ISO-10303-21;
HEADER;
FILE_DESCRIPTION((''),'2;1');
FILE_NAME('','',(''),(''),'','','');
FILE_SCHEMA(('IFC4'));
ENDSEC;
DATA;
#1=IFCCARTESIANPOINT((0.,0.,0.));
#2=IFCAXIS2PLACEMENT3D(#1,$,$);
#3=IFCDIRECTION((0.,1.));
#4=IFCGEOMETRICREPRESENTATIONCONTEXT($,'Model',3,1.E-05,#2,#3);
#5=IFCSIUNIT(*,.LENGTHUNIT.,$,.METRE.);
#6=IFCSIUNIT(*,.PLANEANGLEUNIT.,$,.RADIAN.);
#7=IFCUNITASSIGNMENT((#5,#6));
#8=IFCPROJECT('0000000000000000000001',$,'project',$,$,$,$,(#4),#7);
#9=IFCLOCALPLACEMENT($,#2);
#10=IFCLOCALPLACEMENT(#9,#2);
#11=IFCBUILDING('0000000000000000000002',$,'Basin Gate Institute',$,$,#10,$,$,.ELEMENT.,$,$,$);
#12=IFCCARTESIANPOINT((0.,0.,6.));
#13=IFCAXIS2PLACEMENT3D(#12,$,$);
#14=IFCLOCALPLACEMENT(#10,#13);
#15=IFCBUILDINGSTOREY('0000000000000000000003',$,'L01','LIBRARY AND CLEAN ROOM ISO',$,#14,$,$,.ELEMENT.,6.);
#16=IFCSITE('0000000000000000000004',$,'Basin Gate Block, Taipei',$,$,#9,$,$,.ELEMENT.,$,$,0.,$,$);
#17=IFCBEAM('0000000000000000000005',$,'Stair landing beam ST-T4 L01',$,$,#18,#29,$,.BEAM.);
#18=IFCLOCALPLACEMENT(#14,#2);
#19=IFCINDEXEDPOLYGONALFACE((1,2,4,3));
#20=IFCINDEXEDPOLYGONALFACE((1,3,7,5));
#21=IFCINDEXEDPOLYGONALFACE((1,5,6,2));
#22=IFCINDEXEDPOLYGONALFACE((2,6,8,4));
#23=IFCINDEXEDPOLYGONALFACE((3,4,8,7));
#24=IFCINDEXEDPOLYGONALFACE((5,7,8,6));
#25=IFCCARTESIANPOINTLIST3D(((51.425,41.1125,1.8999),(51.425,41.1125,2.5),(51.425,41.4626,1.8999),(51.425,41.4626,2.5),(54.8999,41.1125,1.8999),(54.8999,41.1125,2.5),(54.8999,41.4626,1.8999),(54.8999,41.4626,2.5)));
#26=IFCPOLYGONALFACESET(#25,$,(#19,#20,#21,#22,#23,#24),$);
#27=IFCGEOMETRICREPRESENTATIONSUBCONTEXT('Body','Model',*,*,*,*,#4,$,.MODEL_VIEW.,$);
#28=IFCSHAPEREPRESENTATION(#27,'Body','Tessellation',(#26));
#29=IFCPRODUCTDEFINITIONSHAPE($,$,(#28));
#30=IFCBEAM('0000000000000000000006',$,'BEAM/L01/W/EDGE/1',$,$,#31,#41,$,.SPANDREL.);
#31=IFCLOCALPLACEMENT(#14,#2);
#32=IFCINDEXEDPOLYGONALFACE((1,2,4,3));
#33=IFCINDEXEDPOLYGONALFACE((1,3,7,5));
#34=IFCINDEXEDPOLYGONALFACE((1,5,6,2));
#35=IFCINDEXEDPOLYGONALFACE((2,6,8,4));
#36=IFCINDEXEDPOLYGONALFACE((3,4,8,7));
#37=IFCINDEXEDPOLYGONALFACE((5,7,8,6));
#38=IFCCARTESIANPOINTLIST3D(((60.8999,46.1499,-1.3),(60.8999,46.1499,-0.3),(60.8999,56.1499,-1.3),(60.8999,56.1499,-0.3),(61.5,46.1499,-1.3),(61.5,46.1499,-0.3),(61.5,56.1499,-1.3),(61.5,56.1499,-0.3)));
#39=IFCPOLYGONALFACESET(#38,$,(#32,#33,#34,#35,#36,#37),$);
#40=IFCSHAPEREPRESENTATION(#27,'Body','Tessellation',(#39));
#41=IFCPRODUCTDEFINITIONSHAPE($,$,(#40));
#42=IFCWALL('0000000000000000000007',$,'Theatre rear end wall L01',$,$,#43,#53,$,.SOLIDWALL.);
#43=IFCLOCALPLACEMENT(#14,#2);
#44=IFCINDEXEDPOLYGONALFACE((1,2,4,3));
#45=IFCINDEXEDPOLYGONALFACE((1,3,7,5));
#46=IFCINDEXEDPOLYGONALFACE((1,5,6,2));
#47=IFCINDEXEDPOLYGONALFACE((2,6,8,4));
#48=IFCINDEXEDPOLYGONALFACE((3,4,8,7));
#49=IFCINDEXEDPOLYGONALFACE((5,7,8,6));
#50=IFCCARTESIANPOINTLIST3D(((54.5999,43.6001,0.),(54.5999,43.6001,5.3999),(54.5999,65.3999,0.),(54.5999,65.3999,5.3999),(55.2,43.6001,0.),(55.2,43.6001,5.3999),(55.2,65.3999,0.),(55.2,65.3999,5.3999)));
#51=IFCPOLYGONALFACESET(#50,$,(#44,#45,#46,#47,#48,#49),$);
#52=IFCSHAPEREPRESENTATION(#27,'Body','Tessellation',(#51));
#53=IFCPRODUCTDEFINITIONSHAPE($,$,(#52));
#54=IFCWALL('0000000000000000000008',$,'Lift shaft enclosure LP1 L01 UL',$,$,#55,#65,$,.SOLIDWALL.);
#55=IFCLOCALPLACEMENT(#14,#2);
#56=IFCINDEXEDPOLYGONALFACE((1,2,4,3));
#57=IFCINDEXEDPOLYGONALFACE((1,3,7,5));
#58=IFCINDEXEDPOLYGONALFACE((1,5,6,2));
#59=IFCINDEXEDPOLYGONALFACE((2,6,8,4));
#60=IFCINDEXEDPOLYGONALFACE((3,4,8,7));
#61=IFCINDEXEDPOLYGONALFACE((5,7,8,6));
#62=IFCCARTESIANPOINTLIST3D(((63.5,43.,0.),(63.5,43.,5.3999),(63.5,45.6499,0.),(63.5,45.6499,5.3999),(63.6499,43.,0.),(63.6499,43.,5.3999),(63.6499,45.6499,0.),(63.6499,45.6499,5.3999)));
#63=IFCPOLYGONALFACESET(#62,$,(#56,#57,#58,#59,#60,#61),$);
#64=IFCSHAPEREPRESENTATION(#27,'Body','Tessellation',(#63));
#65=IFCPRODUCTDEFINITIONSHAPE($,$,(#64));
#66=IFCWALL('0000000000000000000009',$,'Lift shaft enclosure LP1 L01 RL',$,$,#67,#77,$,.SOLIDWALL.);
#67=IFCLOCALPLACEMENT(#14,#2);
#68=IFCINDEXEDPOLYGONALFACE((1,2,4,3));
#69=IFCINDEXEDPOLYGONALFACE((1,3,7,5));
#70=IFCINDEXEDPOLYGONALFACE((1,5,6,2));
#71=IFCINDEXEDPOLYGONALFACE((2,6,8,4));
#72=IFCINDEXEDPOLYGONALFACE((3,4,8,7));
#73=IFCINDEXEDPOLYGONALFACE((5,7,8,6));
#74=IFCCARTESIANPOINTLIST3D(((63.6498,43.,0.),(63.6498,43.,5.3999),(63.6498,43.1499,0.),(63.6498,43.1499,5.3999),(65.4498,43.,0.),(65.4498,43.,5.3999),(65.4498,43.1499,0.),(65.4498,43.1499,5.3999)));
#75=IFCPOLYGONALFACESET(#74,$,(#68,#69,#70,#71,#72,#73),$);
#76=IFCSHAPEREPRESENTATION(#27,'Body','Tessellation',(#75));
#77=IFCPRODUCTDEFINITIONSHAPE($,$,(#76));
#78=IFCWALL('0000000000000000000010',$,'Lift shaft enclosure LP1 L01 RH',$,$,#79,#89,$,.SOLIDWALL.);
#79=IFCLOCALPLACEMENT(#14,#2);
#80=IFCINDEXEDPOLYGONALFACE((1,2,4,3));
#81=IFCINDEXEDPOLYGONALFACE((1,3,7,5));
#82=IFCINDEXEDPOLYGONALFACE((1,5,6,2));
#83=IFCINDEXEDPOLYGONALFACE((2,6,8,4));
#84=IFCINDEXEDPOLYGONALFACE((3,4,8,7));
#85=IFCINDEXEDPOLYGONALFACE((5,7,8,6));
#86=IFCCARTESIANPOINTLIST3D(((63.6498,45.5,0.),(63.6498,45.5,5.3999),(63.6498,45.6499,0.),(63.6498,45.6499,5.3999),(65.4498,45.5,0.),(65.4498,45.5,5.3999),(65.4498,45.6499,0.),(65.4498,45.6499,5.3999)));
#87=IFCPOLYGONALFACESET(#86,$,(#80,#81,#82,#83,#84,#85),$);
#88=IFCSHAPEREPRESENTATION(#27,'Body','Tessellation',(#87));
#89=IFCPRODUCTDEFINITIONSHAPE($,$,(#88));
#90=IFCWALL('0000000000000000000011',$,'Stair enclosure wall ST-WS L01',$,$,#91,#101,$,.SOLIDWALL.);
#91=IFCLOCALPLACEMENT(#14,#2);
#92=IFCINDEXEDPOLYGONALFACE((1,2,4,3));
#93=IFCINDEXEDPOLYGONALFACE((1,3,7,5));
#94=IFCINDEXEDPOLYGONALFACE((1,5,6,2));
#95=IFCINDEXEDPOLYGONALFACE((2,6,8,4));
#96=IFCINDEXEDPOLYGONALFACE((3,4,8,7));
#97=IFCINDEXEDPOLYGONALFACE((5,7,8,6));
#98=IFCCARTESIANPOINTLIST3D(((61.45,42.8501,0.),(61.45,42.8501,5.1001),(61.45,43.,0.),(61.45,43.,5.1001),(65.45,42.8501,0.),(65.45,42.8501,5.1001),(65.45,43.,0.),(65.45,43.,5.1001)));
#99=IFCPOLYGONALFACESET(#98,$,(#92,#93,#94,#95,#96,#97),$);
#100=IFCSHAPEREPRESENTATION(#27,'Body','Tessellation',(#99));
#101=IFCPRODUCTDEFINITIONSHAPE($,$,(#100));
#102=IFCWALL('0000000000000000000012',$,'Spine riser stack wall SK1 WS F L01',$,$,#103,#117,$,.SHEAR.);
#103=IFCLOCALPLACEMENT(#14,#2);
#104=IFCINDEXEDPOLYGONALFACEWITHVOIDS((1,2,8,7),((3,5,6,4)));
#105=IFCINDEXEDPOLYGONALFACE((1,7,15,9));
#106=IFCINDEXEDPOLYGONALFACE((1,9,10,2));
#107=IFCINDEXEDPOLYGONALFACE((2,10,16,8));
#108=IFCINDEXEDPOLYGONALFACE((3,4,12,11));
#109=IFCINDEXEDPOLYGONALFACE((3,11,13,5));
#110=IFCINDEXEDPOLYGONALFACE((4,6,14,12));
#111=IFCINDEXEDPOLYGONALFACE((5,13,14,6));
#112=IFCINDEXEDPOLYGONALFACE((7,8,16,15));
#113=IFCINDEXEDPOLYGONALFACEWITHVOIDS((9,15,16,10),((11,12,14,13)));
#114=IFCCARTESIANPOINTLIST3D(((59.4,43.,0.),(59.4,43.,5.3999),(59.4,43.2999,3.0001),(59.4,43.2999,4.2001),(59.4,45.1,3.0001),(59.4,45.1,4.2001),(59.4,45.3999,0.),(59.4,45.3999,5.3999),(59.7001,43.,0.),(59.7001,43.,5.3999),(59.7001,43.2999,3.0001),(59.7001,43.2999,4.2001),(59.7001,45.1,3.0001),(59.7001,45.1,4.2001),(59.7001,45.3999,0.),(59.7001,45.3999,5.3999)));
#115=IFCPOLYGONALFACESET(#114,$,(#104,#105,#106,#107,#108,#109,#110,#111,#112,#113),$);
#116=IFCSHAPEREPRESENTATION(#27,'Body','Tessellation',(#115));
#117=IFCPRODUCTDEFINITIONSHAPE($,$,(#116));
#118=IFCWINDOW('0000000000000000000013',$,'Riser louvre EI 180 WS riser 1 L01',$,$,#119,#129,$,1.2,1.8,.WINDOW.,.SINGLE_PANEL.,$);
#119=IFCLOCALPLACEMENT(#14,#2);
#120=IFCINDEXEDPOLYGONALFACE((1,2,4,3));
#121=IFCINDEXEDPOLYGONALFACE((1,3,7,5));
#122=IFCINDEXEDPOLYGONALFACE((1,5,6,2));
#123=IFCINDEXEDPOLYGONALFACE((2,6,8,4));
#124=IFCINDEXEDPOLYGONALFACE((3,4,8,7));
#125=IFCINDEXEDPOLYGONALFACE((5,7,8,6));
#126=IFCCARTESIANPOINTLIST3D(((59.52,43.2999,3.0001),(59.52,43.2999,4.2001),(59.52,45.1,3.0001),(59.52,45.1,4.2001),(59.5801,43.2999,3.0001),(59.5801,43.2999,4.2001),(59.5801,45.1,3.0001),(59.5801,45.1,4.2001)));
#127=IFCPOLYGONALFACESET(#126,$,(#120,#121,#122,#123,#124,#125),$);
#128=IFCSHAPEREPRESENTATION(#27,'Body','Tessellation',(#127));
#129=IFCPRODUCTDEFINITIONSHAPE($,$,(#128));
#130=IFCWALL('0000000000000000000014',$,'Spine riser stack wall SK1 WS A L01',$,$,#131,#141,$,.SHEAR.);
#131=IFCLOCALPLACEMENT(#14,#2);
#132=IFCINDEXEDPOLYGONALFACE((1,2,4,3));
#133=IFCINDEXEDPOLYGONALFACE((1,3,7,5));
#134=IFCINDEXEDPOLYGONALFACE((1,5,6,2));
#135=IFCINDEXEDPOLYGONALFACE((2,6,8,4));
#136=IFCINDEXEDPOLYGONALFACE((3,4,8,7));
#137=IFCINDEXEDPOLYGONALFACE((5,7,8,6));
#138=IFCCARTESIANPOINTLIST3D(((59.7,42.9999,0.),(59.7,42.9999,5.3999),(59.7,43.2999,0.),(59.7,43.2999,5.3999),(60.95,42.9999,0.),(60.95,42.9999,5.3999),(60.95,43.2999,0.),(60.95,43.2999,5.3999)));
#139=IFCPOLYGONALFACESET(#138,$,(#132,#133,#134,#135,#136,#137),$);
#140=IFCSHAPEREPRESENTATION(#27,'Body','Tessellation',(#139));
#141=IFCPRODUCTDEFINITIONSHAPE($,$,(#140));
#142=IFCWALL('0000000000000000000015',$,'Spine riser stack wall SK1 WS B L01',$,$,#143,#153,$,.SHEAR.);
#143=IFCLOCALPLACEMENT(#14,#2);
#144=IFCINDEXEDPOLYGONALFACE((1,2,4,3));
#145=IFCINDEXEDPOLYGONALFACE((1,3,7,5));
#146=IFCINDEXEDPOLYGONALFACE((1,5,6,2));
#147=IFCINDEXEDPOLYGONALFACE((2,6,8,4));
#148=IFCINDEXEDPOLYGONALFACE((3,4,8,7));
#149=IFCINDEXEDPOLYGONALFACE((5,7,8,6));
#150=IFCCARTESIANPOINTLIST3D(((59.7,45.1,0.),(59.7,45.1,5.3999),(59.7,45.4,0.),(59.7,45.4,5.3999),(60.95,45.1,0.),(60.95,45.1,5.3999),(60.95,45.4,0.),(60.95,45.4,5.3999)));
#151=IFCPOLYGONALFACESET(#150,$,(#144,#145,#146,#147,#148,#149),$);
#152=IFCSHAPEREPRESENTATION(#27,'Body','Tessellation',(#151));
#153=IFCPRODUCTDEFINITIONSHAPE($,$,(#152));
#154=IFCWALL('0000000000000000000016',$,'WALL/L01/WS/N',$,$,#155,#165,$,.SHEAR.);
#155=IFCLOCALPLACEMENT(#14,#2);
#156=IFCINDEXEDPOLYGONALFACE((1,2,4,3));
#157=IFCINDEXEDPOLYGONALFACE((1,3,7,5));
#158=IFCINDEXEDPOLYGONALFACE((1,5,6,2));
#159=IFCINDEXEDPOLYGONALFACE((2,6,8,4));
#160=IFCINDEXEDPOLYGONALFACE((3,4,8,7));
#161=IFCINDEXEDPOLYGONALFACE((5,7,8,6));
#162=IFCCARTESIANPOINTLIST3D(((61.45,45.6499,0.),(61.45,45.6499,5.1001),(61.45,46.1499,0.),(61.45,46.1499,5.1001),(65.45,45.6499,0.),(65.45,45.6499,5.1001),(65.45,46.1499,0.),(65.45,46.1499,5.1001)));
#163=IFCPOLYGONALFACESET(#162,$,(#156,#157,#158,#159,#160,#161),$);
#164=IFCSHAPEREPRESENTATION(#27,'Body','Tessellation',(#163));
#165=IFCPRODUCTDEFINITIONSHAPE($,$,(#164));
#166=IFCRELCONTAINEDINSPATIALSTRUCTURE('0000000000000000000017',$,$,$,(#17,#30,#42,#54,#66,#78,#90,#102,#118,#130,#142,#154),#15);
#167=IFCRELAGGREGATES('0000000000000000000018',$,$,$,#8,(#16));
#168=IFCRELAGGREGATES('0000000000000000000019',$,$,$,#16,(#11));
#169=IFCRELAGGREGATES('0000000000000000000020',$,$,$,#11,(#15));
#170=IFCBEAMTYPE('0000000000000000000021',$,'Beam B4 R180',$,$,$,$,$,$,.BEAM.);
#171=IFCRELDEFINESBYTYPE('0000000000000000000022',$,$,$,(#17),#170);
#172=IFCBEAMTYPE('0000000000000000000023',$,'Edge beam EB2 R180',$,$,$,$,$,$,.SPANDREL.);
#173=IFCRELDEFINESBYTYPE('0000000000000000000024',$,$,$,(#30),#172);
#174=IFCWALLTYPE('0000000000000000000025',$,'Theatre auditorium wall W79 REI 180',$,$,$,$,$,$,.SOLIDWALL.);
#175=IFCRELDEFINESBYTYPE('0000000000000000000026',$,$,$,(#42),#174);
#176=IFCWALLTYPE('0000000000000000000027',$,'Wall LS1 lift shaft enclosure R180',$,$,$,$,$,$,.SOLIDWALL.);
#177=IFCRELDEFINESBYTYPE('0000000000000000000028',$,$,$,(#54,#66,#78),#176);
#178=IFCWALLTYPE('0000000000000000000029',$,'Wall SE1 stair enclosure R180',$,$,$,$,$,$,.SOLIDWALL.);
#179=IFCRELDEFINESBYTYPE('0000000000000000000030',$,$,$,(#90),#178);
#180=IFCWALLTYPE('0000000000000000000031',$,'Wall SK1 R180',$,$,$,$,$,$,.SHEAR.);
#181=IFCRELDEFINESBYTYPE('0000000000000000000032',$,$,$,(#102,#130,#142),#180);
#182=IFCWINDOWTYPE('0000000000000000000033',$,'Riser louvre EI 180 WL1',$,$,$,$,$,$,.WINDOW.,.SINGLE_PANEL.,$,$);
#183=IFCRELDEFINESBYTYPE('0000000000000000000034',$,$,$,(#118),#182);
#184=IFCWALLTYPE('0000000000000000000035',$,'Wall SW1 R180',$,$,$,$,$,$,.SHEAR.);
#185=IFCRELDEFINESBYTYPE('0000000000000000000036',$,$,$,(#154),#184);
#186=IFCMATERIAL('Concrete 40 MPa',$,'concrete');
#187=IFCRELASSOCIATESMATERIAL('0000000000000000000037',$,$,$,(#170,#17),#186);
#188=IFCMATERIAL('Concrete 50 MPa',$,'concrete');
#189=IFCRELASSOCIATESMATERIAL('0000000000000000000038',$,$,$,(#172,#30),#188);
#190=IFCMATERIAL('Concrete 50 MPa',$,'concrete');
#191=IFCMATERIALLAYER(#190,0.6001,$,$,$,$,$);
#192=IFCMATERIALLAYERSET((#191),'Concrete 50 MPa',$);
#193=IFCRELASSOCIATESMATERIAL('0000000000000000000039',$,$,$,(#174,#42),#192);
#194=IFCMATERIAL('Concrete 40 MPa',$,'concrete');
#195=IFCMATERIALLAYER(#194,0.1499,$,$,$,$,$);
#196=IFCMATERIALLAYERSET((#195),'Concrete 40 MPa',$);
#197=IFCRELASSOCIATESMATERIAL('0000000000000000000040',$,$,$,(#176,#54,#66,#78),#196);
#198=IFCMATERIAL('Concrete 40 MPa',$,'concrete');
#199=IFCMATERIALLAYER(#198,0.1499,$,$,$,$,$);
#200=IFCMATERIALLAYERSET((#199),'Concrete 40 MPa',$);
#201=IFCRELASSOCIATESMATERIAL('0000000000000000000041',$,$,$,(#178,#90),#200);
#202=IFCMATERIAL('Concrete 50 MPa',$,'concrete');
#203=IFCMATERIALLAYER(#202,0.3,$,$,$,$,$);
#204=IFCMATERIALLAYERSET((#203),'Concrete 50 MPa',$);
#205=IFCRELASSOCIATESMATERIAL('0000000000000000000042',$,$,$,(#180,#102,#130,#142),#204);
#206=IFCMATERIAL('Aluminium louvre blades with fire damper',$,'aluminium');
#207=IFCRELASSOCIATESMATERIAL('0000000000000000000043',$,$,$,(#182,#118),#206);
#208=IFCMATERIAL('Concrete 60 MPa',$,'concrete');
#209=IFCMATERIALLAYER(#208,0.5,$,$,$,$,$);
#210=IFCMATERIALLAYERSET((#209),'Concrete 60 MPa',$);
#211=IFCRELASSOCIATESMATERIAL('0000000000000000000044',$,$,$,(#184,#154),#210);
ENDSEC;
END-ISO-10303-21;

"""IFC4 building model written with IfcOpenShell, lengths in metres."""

from ifc_helpers import new_model, si_unit, direction, frame, frame_2d, origin, origin_2d, place, context, subcontext, project, spatial, rectangle, extrude, material, layer, layer_set, material_profile, profile_set, type_object, element, fill, save


model = new_model("IFC4")

# Units and contexts
model_context = context("Model", 3, precision=1e-05, world=origin(), true_north=direction((0.0, 1.0)))
body_context = subcontext(model_context, "Body", "Model", "MODEL_VIEW")
ifc_project = project(units=[si_unit("LENGTHUNIT", "METRE"), si_unit("PLANEANGLEUNIT", "RADIAN")], contexts=[model_context])

# Site, building, storey
site_placement = place(None, origin())
site = spatial("IfcSite", under=ifc_project, at=site_placement, Name="Basin Gate Block, Taipei", CompositionType="ELEMENT", RefElevation=0.0)
building_placement = place(site_placement, origin())
building = spatial("IfcBuilding", under=site, at=building_placement, Name="Basin Gate Institute", CompositionType="ELEMENT")
storey_placement = place(building_placement, frame((0.0, 0.0, 6.0)))
storey = spatial("IfcBuildingStorey", under=building, at=storey_placement, Name="L01", Description="LIBRARY AND CLEAN ROOM ISO", CompositionType="ELEMENT", Elevation=6.0)

# Beams
ifc_material_1 = material(Name="Concrete 40 MPa", Category="concrete")
ifc_material_profile_1 = material_profile(ifc_material_1, rectangle(XDim=0.3501, YDim=0.6001, at=origin_2d()), Name="Beam B4 350 x 600")
ifc_profile_set_1 = profile_set([ifc_material_profile_1], Name="Concrete 40 MPa")
beam_type_1 = type_object("IfcBeamType", Name="Beam B4 R180", PredefinedType="BEAM", material=ifc_profile_set_1)
beam_1_placement = place(storey_placement, frame((51.425, 41.2876, 2.2), z_axis=(1.0, 0.0, 0.0), x_axis=(0.0, 1.0, 0.0)))
element("IfcBeam", 1, at=beam_1_placement, inside=storey, type_object=beam_type_1, material=ifc_profile_set_1, Name="Stair landing beam ST-T4 L01", PredefinedType="BEAM", context=body_context, shape_type="SweptSolid", body=[
    extrude(rectangle(XDim=0.3501, YDim=0.6001, at=origin_2d()), origin(), (0.0, 0.0, 1.0), 3.4749),
])
ifc_material_2 = material(Name="Concrete 50 MPa", Category="concrete")
ifc_material_profile_2 = material_profile(ifc_material_2, rectangle(XDim=0.6001, YDim=1.0, at=origin_2d()), Name="Edge beam EB2 600 x 1000")
ifc_profile_set_2 = profile_set([ifc_material_profile_2], Name="Concrete 50 MPa")
beam_type_2 = type_object("IfcBeamType", Name="Edge beam EB2 R180", PredefinedType="SPANDREL", material=ifc_profile_set_2)
beam_2_placement = place(storey_placement, frame((61.2, 46.1499, -0.8), z_axis=(0.0, 1.0, 0.0), x_axis=(-1.0, 0.0, 0.0)))
element("IfcBeam", 2, at=beam_2_placement, inside=storey, type_object=beam_type_2, material=ifc_profile_set_2, Name="BEAM/L01/W/EDGE/1", PredefinedType="SPANDREL", context=body_context, shape_type="SweptSolid", body=[
    extrude(rectangle(XDim=0.6001, YDim=1.0, at=origin_2d()), origin(), (0.0, 0.0, 1.0), 10.0),
])

# Walls
ifc_material_3 = material(Name="Concrete 50 MPa", Category="concrete")
ifc_layer_1 = layer(ifc_material_3, 0.6001)
ifc_layer_set_1 = layer_set([ifc_layer_1], Name="Concrete 50 MPa")
wall_type_1 = type_object("IfcWallType", Name="Theatre auditorium wall W79 REI 180", PredefinedType="SOLIDWALL", material=ifc_layer_set_1)
wall_1_placement = place(storey_placement, frame((54.8999, 43.6001, 0.0), z_axis=(0.0, 0.0, 1.0), x_axis=(0.0, 1.0, 0.0)))
element("IfcWall", 3, at=wall_1_placement, inside=storey, type_object=wall_type_1, material=ifc_layer_set_1, Name="Theatre rear end wall L01", PredefinedType="SOLIDWALL", context=body_context, shape_type="SweptSolid", body=[
    extrude(rectangle(XDim=21.7998, YDim=0.6001, at=frame_2d((10.8999, 0.0))), origin(), (0.0, 0.0, 1.0), 5.3999),
])
ifc_material_4 = material(Name="Concrete 40 MPa", Category="concrete")
ifc_layer_2 = layer(ifc_material_4, 0.1499)
ifc_layer_set_2 = layer_set([ifc_layer_2], Name="Concrete 40 MPa")
wall_type_2 = type_object("IfcWallType", Name="Wall LS1 lift shaft enclosure R180", PredefinedType="SOLIDWALL", material=ifc_layer_set_2)
wall_2_placement = place(storey_placement, frame((63.575, 43.0, 0.0), z_axis=(0.0, 0.0, 1.0), x_axis=(0.0, 1.0, 0.0)))
element("IfcWall", 4, at=wall_2_placement, inside=storey, type_object=wall_type_2, material=ifc_layer_set_2, Name="Lift shaft enclosure LP1 L01 UL", PredefinedType="SOLIDWALL", context=body_context, shape_type="SweptSolid", body=[
    extrude(rectangle(XDim=2.6499, YDim=0.1499, at=frame_2d((1.325, 0.0))), origin(), (0.0, 0.0, 1.0), 5.3999),
])
for number, where, z_axis, x_axis, name in (
    (5, (63.6499, 43.075, 0.0), (0.0, 0.0, 1.0), (1.0, 0.0, 0.0), "Lift shaft enclosure LP1 L01 RL"),
    (6, (63.6499, 45.575, 0.0), (0.0, 0.0, 1.0), (1.0, 0.0, 0.0), "Lift shaft enclosure LP1 L01 RH"),
):
    element("IfcWall", number, at=place(storey_placement, frame(where, z_axis=z_axis, x_axis=x_axis)), inside=storey, type_object=wall_type_2, material=ifc_layer_set_2, Name=name, PredefinedType="SOLIDWALL", context=body_context, shape_type="SweptSolid", body=[
        extrude(rectangle(XDim=1.8, YDim=0.1499, at=frame_2d((0.8999, 0.0))), origin(), (0.0, 0.0, 1.0), 5.3999),
    ])
ifc_material_5 = material(Name="Concrete 40 MPa", Category="concrete")
ifc_layer_3 = layer(ifc_material_5, 0.1499)
ifc_layer_set_3 = layer_set([ifc_layer_3], Name="Concrete 40 MPa")
wall_type_3 = type_object("IfcWallType", Name="Wall SE1 stair enclosure R180", PredefinedType="SOLIDWALL", material=ifc_layer_set_3)
wall_3_placement = place(storey_placement, frame((61.45, 42.925, 0.0), z_axis=(0.0, 0.0, 1.0), x_axis=(1.0, 0.0, 0.0)))
element("IfcWall", 7, at=wall_3_placement, inside=storey, type_object=wall_type_3, material=ifc_layer_set_3, Name="Stair enclosure wall ST-WS L01", PredefinedType="SOLIDWALL", context=body_context, shape_type="SweptSolid", body=[
    extrude(rectangle(XDim=4.0, YDim=0.1499, at=frame_2d((2.0, 0.0))), origin(), (0.0, 0.0, 1.0), 5.1001),
])

# Wall, opening, window
ifc_material_6 = material(Name="Concrete 50 MPa", Category="concrete")
ifc_layer_4 = layer(ifc_material_6, 0.3)
ifc_layer_set_4 = layer_set([ifc_layer_4], Name="Concrete 50 MPa")
wall_type_4 = type_object("IfcWallType", Name="Wall SK1 R180", PredefinedType="SHEAR", material=ifc_layer_set_4)
wall_4_placement = place(storey_placement, frame((59.55, 43.0, 0.0), z_axis=(0.0, 0.0, 1.0), x_axis=(0.0, 1.0, 0.0)))
wall_4 = element("IfcWall", 8, at=wall_4_placement, inside=storey, type_object=wall_type_4, material=ifc_layer_set_4, Name="Spine riser stack wall SK1 WS F L01", PredefinedType="SHEAR", context=body_context, shape_type="SweptSolid", body=[
    extrude(rectangle(XDim=2.3999, YDim=0.3, at=frame_2d((1.2, 0.0))), origin(), (0.0, 0.0, 1.0), 5.3999),
])
opening_placement = place(wall_4_placement, frame((0.3, 0.0, 3.0)))
opening = element("IfcOpeningElement", 9, at=opening_placement, cuts=wall_4, PredefinedType="OPENING", context=body_context, shape_type="SweptSolid", body=[
    extrude(rectangle(XDim=1.8, YDim=1.2, at=frame_2d((0.8999, 0.6001))), frame((0.0, 0.1602, 0.0), z_axis=(0.0, -1.0, 0.0), x_axis=(1.0, 0.0, 0.0)), (0.0, 0.0, 1.0), 0.3201),
])
ifc_material_7 = material(Name="Aluminium louvre blades with fire damper", Category="aluminium")
window_type = type_object("IfcWindowType", Name="Riser louvre EI 180 WL1", PartitioningType="SINGLE_PANEL", PredefinedType="WINDOW", material=ifc_material_7)
window_placement = place(opening_placement, origin())
window = element("IfcWindow", 10, at=window_placement, inside=storey, type_object=window_type, material=ifc_material_7, Name="Riser louvre EI 180 WS riser 1 L01", OverallHeight=1.2, OverallWidth=1.8, PartitioningType="SINGLE_PANEL", PredefinedType="WINDOW", context=body_context, shape_type="SweptSolid", body=[
    extrude(rectangle(XDim=1.8, YDim=1.2, at=frame_2d((0.8999, 0.6001))), frame((0.0, 0.03, 0.0), z_axis=(0.0, -1.0, 0.0), x_axis=(1.0, 0.0, 0.0)), (0.0, 0.0, 1.0), 0.0601),
])
fill(opening, window)

# Walls
for number, where, z_axis, x_axis, name in (
    (11, (60.95, 43.1499, 0.0), (0.0, 0.0, 1.0), (-1.0, 0.0, 0.0), "Spine riser stack wall SK1 WS A L01"),
    (12, (60.95, 45.25, 0.0), (0.0, 0.0, 1.0), (-1.0, 0.0, 0.0), "Spine riser stack wall SK1 WS B L01"),
):
    element("IfcWall", number, at=place(storey_placement, frame(where, z_axis=z_axis, x_axis=x_axis)), inside=storey, type_object=wall_type_4, material=ifc_layer_set_4, Name=name, PredefinedType="SHEAR", context=body_context, shape_type="SweptSolid", body=[
        extrude(rectangle(XDim=1.25, YDim=0.3, at=frame_2d((0.625, 0.0))), origin(), (0.0, 0.0, 1.0), 5.3999),
    ])
ifc_material_8 = material(Name="Concrete 60 MPa", Category="concrete")
ifc_layer_5 = layer(ifc_material_8, 0.5)
ifc_layer_set_5 = layer_set([ifc_layer_5], Name="Concrete 60 MPa")
wall_type_5 = type_object("IfcWallType", Name="Wall SW1 R180", PredefinedType="SHEAR", material=ifc_layer_set_5)
wall_5_placement = place(storey_placement, frame((61.45, 45.8999, 0.0), z_axis=(0.0, 0.0, 1.0), x_axis=(1.0, 0.0, 0.0)))
element("IfcWall", 13, at=wall_5_placement, inside=storey, type_object=wall_type_5, material=ifc_layer_set_5, Name="WALL/L01/WS/N", PredefinedType="SHEAR", context=body_context, shape_type="SweptSolid", body=[
    extrude(rectangle(XDim=4.0, YDim=0.5, at=frame_2d((2.0, 0.0))), origin(), (0.0, 0.0, 1.0), 5.1001),
])

save(model, "model.ifc")
